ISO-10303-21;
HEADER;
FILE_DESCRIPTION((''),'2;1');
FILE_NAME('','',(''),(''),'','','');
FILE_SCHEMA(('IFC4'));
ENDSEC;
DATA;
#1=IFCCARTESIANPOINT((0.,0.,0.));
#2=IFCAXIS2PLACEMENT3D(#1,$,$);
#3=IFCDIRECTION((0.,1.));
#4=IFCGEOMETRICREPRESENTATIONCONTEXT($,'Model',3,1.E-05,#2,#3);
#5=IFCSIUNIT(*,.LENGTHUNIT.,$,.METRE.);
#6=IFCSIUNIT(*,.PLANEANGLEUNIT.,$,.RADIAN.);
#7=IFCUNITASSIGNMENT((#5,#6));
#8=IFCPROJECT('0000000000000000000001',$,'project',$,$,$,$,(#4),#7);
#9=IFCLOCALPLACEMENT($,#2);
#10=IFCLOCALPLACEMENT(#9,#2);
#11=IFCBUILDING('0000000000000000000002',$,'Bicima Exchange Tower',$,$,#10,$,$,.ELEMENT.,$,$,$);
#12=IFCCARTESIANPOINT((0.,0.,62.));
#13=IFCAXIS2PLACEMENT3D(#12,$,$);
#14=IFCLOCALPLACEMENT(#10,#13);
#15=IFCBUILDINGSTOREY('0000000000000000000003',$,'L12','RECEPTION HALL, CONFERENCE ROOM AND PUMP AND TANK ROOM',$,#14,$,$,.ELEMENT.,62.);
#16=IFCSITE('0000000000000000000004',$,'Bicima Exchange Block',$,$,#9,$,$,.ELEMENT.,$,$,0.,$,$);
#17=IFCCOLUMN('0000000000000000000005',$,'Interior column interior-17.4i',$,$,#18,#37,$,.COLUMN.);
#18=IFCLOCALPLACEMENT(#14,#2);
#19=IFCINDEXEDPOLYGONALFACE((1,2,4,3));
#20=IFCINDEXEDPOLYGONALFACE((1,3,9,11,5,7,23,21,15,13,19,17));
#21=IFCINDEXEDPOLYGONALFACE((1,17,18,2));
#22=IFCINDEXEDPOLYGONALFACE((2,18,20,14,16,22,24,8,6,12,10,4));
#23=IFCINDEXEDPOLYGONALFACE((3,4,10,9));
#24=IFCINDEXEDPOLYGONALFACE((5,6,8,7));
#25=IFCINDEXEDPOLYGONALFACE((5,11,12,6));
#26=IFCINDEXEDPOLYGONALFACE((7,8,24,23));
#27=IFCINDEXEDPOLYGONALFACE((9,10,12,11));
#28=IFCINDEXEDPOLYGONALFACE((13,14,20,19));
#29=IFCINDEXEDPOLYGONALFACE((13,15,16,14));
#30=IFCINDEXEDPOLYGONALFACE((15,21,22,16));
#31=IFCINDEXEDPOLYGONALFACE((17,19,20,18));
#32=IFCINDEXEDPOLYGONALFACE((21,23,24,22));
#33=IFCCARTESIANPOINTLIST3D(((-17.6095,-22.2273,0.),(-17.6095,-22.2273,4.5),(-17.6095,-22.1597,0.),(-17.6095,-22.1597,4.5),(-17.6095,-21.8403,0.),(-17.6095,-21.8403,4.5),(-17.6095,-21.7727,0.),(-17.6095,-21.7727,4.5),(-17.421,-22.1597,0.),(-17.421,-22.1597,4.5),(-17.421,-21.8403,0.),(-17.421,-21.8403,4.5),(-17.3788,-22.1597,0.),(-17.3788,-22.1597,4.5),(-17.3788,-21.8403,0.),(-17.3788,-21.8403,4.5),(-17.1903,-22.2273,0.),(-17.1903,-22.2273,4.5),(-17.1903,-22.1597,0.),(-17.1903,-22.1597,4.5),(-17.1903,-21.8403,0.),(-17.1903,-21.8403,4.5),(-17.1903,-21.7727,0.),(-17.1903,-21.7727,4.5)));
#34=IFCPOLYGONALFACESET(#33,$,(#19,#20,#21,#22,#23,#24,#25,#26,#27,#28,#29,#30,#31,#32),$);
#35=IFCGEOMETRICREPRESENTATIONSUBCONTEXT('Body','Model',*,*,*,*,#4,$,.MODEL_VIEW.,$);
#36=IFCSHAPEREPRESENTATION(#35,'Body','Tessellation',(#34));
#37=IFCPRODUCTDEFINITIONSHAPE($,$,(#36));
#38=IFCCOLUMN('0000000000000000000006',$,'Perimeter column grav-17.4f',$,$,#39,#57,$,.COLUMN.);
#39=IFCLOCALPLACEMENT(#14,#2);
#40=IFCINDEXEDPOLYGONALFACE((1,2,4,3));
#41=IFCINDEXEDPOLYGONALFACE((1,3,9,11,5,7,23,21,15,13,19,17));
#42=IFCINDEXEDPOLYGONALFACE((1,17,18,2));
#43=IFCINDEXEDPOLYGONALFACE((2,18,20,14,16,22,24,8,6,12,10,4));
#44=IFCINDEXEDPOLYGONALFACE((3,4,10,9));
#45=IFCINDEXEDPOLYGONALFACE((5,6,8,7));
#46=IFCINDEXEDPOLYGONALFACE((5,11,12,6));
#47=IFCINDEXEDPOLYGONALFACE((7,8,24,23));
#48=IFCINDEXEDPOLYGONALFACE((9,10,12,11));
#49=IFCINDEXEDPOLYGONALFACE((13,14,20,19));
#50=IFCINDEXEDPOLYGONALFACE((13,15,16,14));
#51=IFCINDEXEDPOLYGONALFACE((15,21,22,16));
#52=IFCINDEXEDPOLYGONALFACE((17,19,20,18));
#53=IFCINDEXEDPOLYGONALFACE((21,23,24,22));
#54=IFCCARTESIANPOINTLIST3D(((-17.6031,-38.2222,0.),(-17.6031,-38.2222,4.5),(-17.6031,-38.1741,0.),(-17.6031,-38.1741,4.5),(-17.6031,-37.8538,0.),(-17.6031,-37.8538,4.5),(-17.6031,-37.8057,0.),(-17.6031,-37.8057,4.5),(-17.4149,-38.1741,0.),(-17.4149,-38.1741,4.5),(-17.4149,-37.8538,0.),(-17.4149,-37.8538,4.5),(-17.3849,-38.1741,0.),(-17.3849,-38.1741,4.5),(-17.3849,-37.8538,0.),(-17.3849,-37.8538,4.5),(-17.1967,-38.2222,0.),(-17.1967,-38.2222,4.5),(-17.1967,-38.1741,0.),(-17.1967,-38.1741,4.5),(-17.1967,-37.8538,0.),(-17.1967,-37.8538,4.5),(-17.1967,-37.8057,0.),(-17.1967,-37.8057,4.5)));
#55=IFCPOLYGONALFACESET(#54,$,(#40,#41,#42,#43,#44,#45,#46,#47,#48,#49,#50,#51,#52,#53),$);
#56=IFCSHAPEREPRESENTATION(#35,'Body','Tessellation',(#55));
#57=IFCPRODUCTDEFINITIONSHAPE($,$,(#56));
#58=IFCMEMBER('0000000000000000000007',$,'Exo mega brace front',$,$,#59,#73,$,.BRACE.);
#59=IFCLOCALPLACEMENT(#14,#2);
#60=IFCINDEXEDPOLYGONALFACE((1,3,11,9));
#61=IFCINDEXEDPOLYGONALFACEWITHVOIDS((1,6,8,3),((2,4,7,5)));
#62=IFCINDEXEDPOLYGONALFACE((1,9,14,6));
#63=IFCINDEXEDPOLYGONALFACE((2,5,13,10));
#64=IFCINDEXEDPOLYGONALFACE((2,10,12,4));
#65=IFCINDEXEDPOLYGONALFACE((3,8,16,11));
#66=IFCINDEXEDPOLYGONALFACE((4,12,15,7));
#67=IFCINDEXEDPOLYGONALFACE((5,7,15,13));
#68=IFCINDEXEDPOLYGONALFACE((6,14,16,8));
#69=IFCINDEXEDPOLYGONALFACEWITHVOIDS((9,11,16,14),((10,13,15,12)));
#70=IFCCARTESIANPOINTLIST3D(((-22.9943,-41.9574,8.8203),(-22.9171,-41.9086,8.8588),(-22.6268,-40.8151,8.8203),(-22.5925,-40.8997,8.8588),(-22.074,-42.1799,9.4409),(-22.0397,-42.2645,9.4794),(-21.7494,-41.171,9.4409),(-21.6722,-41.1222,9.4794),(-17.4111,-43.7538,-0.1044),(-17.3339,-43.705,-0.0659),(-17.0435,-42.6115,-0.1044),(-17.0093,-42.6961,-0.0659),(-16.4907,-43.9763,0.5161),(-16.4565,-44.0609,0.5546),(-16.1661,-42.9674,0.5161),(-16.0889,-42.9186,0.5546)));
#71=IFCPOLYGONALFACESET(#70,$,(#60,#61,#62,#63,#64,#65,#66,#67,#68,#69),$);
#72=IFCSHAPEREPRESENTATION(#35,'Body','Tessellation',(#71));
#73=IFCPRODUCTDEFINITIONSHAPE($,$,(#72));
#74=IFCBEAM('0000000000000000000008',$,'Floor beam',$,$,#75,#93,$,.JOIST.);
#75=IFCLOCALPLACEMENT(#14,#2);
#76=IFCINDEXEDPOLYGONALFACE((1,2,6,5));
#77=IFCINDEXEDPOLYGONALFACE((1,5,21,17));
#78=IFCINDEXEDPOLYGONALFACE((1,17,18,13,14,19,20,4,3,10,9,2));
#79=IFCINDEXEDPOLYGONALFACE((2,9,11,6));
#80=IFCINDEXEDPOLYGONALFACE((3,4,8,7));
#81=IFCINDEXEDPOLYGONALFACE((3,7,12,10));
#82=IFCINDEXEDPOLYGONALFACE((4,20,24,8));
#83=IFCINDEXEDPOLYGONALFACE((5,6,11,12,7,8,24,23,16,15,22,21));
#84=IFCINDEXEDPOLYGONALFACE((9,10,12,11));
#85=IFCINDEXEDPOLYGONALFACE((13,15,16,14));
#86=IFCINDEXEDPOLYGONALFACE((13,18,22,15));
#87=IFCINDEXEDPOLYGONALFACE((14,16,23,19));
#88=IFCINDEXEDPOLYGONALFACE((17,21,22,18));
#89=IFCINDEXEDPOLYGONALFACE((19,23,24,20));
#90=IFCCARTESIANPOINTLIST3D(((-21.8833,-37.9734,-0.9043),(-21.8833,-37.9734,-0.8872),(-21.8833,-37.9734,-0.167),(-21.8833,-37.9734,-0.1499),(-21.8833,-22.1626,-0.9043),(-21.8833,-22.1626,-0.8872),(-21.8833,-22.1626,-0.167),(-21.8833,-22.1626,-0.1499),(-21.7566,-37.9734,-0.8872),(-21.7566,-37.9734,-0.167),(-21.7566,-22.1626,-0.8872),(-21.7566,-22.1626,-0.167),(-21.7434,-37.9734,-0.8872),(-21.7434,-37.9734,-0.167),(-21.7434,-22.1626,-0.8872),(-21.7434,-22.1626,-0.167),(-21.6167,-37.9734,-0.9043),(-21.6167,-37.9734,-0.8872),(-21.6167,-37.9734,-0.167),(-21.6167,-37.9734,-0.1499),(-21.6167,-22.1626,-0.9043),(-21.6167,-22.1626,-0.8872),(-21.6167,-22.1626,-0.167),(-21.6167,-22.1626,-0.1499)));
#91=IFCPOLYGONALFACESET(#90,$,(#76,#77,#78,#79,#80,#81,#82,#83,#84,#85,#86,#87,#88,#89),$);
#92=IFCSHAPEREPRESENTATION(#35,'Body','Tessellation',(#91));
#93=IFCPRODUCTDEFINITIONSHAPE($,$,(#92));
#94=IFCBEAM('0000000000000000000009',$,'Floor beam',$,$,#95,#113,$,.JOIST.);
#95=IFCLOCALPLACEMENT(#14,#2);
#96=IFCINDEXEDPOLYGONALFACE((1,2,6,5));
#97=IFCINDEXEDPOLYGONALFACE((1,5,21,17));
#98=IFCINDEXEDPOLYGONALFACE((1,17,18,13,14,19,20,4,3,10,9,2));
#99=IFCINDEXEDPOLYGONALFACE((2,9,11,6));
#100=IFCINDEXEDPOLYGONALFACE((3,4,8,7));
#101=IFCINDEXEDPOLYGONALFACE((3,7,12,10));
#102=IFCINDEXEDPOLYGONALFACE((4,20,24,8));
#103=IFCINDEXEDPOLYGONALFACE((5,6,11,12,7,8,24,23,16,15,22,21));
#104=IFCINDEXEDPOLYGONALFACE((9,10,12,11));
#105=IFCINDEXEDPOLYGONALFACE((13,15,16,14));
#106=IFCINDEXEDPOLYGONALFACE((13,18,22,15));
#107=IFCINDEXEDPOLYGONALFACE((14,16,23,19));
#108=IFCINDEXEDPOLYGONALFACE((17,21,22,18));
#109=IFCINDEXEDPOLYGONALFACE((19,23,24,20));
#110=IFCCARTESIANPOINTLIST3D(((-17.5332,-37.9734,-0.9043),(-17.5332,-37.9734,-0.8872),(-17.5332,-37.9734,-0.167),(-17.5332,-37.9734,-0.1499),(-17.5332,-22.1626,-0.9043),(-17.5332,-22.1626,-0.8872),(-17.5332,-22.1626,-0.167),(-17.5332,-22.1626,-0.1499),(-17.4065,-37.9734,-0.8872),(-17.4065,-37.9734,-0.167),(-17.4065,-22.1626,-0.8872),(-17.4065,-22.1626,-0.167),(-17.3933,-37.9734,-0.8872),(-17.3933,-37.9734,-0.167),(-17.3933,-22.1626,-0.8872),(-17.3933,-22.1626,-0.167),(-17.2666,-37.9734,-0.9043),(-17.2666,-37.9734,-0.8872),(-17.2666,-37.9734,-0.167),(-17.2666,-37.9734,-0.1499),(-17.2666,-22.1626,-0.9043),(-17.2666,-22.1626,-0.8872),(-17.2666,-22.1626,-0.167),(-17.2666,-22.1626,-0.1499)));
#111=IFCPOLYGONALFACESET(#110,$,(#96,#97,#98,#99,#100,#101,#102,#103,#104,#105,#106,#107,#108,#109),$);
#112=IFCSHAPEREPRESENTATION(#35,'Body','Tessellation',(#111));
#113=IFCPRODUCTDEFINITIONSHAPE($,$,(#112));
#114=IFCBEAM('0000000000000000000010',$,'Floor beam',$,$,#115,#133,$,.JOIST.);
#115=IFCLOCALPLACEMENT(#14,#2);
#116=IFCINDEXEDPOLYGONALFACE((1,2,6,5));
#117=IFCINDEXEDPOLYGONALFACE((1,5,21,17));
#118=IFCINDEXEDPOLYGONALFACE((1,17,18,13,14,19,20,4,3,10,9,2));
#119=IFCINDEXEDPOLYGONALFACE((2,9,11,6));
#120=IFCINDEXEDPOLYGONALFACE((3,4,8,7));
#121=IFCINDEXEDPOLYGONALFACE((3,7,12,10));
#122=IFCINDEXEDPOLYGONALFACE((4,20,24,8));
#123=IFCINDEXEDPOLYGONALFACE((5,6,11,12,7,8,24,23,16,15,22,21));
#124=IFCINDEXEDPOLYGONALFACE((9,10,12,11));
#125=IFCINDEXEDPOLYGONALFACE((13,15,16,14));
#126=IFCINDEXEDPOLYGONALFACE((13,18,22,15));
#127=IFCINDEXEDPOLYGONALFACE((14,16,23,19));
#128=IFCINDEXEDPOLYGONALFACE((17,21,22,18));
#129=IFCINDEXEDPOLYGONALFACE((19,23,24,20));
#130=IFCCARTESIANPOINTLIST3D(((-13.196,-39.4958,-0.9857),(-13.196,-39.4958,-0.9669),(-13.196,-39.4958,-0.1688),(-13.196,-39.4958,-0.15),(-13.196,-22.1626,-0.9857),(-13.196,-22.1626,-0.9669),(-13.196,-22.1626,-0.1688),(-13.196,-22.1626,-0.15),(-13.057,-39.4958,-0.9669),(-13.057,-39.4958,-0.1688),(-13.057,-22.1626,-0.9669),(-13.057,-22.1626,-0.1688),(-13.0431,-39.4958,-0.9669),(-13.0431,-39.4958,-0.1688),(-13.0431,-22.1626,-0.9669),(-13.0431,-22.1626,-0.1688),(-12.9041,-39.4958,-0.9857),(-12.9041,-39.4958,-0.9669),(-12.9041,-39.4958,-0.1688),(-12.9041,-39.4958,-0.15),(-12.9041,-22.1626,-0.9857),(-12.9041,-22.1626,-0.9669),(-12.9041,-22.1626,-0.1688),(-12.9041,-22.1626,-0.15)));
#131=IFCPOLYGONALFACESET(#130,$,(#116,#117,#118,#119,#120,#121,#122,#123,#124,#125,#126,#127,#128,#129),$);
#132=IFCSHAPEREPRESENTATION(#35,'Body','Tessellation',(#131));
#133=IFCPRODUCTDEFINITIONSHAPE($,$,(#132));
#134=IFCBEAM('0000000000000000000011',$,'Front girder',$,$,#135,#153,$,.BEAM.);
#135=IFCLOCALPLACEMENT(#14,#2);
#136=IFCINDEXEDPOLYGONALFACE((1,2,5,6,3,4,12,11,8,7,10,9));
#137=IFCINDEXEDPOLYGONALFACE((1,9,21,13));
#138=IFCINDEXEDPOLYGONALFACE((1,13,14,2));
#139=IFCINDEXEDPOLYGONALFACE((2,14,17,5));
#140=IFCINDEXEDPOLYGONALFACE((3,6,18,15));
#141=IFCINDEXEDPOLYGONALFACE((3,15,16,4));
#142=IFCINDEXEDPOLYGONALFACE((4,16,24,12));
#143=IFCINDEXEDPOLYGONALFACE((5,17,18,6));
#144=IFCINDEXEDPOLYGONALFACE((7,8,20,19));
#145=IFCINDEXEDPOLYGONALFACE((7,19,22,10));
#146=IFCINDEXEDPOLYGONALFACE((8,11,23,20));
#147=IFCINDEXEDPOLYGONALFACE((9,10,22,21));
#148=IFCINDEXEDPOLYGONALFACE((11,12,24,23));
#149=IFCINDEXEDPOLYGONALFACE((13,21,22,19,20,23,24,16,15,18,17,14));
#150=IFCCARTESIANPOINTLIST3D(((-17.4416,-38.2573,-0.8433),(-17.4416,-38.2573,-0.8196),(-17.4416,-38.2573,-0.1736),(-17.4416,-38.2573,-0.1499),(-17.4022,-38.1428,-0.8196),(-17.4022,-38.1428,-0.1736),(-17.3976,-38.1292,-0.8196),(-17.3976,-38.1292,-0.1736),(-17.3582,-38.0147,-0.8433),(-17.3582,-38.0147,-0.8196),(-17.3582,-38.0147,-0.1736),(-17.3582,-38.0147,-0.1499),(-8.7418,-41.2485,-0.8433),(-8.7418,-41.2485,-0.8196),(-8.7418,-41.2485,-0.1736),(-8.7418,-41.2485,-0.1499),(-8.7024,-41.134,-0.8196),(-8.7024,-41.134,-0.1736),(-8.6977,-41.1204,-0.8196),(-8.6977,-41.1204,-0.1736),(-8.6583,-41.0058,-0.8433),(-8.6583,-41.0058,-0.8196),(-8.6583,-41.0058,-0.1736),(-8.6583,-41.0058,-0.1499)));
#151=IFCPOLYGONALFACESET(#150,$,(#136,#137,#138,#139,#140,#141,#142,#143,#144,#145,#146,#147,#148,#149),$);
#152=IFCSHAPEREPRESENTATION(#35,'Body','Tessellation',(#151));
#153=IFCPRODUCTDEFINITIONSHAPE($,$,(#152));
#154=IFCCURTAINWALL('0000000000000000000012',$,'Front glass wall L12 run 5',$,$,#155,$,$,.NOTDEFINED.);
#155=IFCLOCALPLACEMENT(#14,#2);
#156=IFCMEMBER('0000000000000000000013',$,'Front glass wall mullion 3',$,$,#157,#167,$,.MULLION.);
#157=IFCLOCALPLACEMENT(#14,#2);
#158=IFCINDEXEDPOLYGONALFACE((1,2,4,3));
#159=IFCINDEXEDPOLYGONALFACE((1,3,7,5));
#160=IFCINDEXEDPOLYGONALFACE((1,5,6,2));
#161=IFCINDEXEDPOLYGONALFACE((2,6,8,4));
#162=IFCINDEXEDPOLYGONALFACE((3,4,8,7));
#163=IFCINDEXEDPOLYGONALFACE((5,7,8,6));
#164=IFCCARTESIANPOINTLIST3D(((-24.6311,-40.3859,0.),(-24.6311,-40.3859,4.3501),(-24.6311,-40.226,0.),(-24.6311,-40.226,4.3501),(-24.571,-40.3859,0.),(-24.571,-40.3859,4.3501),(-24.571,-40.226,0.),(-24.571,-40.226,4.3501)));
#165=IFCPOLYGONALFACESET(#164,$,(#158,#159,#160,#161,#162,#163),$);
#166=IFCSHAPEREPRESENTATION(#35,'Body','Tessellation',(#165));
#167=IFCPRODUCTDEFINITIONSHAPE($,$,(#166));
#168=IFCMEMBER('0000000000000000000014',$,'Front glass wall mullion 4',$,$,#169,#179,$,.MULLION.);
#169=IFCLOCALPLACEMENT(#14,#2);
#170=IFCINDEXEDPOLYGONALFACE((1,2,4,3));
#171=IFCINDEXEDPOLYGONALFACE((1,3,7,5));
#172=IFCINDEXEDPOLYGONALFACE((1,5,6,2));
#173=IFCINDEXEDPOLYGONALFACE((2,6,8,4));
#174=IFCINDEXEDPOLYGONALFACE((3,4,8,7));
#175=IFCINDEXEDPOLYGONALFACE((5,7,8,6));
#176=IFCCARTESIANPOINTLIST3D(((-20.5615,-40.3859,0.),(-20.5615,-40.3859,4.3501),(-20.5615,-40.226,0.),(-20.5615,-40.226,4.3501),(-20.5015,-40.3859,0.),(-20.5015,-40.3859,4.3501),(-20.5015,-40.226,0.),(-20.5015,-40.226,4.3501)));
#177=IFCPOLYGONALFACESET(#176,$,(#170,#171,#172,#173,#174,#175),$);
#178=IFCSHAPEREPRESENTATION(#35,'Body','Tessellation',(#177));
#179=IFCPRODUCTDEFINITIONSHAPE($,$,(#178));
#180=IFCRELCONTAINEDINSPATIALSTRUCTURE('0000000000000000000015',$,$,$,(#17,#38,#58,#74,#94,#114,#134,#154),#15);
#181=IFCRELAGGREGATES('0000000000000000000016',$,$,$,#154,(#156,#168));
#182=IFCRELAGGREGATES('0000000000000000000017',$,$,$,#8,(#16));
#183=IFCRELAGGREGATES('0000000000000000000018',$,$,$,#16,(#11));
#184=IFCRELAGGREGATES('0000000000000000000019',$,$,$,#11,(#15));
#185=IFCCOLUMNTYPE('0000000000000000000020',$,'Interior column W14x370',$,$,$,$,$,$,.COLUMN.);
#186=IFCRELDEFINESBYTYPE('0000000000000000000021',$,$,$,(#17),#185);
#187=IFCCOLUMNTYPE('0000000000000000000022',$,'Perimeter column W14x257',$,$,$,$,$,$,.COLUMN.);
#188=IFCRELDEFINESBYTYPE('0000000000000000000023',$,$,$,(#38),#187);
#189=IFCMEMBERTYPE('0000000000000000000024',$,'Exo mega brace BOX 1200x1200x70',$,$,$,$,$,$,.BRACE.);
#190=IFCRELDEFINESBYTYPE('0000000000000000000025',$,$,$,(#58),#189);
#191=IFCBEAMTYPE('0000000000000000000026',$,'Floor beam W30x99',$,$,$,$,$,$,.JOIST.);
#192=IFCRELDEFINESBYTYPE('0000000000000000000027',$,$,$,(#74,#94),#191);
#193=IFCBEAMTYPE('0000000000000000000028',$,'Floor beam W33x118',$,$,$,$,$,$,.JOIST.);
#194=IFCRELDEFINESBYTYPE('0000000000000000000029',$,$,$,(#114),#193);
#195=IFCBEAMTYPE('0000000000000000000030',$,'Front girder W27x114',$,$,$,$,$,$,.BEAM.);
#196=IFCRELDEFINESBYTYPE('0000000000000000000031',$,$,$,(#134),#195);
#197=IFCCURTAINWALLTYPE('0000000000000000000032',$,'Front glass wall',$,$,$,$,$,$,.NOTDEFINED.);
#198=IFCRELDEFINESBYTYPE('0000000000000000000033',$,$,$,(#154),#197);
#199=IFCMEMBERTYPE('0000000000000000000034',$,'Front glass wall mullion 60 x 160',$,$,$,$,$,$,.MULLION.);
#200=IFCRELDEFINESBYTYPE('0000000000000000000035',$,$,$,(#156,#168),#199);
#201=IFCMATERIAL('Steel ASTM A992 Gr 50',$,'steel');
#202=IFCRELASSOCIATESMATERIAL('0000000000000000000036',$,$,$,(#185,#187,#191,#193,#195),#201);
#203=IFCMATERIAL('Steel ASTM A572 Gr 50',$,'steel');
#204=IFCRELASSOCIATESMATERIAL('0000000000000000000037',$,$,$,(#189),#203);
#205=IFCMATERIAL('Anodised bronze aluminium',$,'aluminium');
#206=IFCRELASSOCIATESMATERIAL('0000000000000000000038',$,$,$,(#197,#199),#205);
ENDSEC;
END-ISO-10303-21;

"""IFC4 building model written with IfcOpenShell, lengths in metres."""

from ifc_helpers import new_model, si_unit, direction, frame, origin, origin_2d, place, context, subcontext, project, spatial, rectangle, hollow_rectangle, i_section, extrude, material, material_profile, profile_set, type_object, element, aggregate, save


model = new_model("IFC4")

# Units and contexts
model_context = context("Model", 3, precision=1e-05, world=origin(), true_north=direction((0.0, 1.0)))
body_context = subcontext(model_context, "Body", "Model", "MODEL_VIEW")
ifc_project = project(units=[si_unit("LENGTHUNIT", "METRE"), si_unit("PLANEANGLEUNIT", "RADIAN")], contexts=[model_context])

# Site, building, storey
site_placement = place(None, origin())
site = spatial("IfcSite", under=ifc_project, at=site_placement, Name="Bicima Exchange Block", CompositionType="ELEMENT", RefElevation=0.0)
building_placement = place(site_placement, origin())
building = spatial("IfcBuilding", under=site, at=building_placement, Name="Bicima Exchange Tower", CompositionType="ELEMENT")
storey_placement = place(building_placement, frame((0.0, 0.0, 62.0)))
storey = spatial("IfcBuildingStorey", under=building, at=storey_placement, Name="L12", Description="RECEPTION HALL, CONFERENCE ROOM AND PUMP AND TANK ROOM", CompositionType="ELEMENT", Elevation=62.0)

# Columns
ifc_material_1 = material(Name="Steel ASTM A992 Gr 50", Category="steel")
ifc_material_profile_1 = material_profile(ifc_material_1, i_section(OverallWidth=0.4192, OverallDepth=0.4546, WebThickness=0.0422, FlangeThickness=0.0676, at=origin_2d()))
ifc_profile_set_1 = profile_set([ifc_material_profile_1], Name="Steel ASTM A992 Gr 50")
column_type_1 = type_object("IfcColumnType", Name="Interior column W14x370", PredefinedType="COLUMN", material=ifc_profile_set_1)
column_1_placement = place(storey_placement, frame((-17.3999, -22.0, 0.0), z_axis=(0.0, 0.0, 1.0), x_axis=(1.0, 0.0, 0.0)))
element("IfcColumn", 1, at=column_1_placement, inside=storey, type_object=column_type_1, Name="Interior column interior-17.4i", PredefinedType="COLUMN", context=body_context, shape_type="SweptSolid", body=[
    extrude(i_section(OverallWidth=0.4192, OverallDepth=0.4546, WebThickness=0.0422, FlangeThickness=0.0676, at=origin_2d()), origin(), (0.0, 0.0, 1.0), 4.5),
])
ifc_material_profile_2 = material_profile(ifc_material_1, i_section(OverallWidth=0.4065, OverallDepth=0.4165, WebThickness=0.03, FlangeThickness=0.0481, at=origin_2d()))
ifc_profile_set_2 = profile_set([ifc_material_profile_2], Name="Steel ASTM A992 Gr 50")
column_type_2 = type_object("IfcColumnType", Name="Perimeter column W14x257", PredefinedType="COLUMN", material=ifc_profile_set_2)
column_2_placement = place(storey_placement, frame((-17.3999, -38.0139, 0.0), z_axis=(0.0, 0.0, 1.0), x_axis=(1.0, 0.0, 0.0)))
element("IfcColumn", 2, at=column_2_placement, inside=storey, type_object=column_type_2, Name="Perimeter column grav-17.4f", PredefinedType="COLUMN", context=body_context, shape_type="SweptSolid", body=[
    extrude(i_section(OverallWidth=0.4065, OverallDepth=0.4165, WebThickness=0.03, FlangeThickness=0.0481, at=origin_2d()), origin(), (0.0, 0.0, 1.0), 4.5),
])

# Member
ifc_material_2 = material(Name="Steel ASTM A572 Gr 50", Category="steel")
ifc_material_profile_3 = material_profile(ifc_material_2, hollow_rectangle(XDim=1.2, YDim=1.2, WallThickness=0.0701, at=origin_2d()))
ifc_profile_set_3 = profile_set([ifc_material_profile_3], Name="Steel ASTM A572 Gr 50")
member_type_1 = type_object("IfcMemberType", Name="Exo mega brace BOX 1200x1200x70", PredefinedType="BRACE", material=ifc_profile_set_3)
member_1_placement = place(storey_placement, frame((-16.75, -43.3362, 0.2251), z_axis=(-0.522801, 0.168209, 0.835695), x_axis=(-0.306283, -0.951941, 0.0)))
element("IfcMember", 3, at=member_1_placement, inside=storey, type_object=member_type_1, Name="Exo mega brace front", PredefinedType="BRACE", context=body_context, shape_type="SweptSolid", body=[
    extrude(hollow_rectangle(XDim=1.2, YDim=1.2, WallThickness=0.0701, at=origin_2d()), origin(), (0.0, 0.0, 1.0), 10.6794),
])

# Beams
ifc_material_profile_4 = material_profile(ifc_material_1, i_section(OverallWidth=0.2666, OverallDepth=0.7544, WebThickness=0.0132, FlangeThickness=0.0171, at=origin_2d()))
ifc_profile_set_4 = profile_set([ifc_material_profile_4], Name="Steel ASTM A992 Gr 50")
beam_type_1 = type_object("IfcBeamType", Name="Floor beam W30x99", PredefinedType="JOIST", material=ifc_profile_set_4)
for number, where, z_axis, x_axis, name in (
    (4, (-21.75, -22.1626, -0.5271), (0.0, -1.0, 0.0), (1.0, 0.0, 0.0), "Floor beam"),
    (5, (-17.3999, -22.1626, -0.5271), (0.0, -1.0, 0.0), (1.0, 0.0, 0.0), "Floor beam"),
):
    element("IfcBeam", number, at=place(storey_placement, frame(where, z_axis=z_axis, x_axis=x_axis)), inside=storey, type_object=beam_type_1, Name=name, PredefinedType="JOIST", context=body_context, shape_type="SweptSolid", body=[
        extrude(i_section(OverallWidth=0.2666, OverallDepth=0.7544, WebThickness=0.0132, FlangeThickness=0.0171, at=origin_2d()), origin(), (0.0, 0.0, 1.0), 15.8108),
    ])
ifc_material_profile_5 = material_profile(ifc_material_1, i_section(OverallWidth=0.292, OverallDepth=0.8357, WebThickness=0.0139, FlangeThickness=0.0188, at=origin_2d()))
ifc_profile_set_5 = profile_set([ifc_material_profile_5], Name="Steel ASTM A992 Gr 50")
beam_type_2 = type_object("IfcBeamType", Name="Floor beam W33x118", PredefinedType="JOIST", material=ifc_profile_set_5)
beam_1_placement = place(storey_placement, frame((-13.05, -22.1626, -0.5679), z_axis=(0.0, -1.0, 0.0), x_axis=(1.0, 0.0, 0.0)))
element("IfcBeam", 6, at=beam_1_placement, inside=storey, type_object=beam_type_2, Name="Floor beam", PredefinedType="JOIST", context=body_context, shape_type="SweptSolid", body=[
    extrude(i_section(OverallWidth=0.292, OverallDepth=0.8357, WebThickness=0.0139, FlangeThickness=0.0188, at=origin_2d()), origin(), (0.0, 0.0, 1.0), 17.3333),
])
ifc_material_profile_6 = material_profile(ifc_material_1, i_section(OverallWidth=0.2566, OverallDepth=0.6934, WebThickness=0.0144, FlangeThickness=0.0237, at=origin_2d()))
ifc_profile_set_6 = profile_set([ifc_material_profile_6], Name="Steel ASTM A992 Gr 50")
beam_type_3 = type_object("IfcBeamType", Name="Front girder W27x114", PredefinedType="BEAM", material=ifc_profile_set_6)
beam_2_placement = place(storey_placement, frame((-17.3999, -38.136, -0.4966), z_axis=(0.945666, -0.325138, 0.0), x_axis=(0.325138, 0.945666, 0.0)))
element("IfcBeam", 7, at=beam_2_placement, inside=storey, type_object=beam_type_3, Name="Front girder", PredefinedType="BEAM", context=body_context, shape_type="SweptSolid", body=[
    extrude(i_section(OverallWidth=0.2566, OverallDepth=0.6934, WebThickness=0.0144, FlangeThickness=0.0237, at=origin_2d()), origin(), (0.0, 0.0, 1.0), 9.1997),
])

# Curtain wall, members
ifc_material_3 = material(Name="Anodised bronze aluminium", Category="aluminium")
curtain_wall_type = type_object("IfcCurtainWallType", Name="Front glass wall", PredefinedType="NOTDEFINED", material=ifc_material_3)
curtain_wall_1_placement = place(storey_placement, origin())
curtain_wall_1 = element("IfcCurtainWall", 8, at=curtain_wall_1_placement, inside=storey, type_object=curtain_wall_type, Name="Front glass wall L12 run 5", PredefinedType="NOTDEFINED")
ifc_material_profile_7 = material_profile(ifc_material_3, rectangle(XDim=0.1599, YDim=0.0601, at=origin_2d()))
ifc_profile_set_7 = profile_set([ifc_material_profile_7], Name="Anodised bronze aluminium")
member_type_2 = type_object("IfcMemberType", Name="Front glass wall mullion 60 x 160", PredefinedType="MULLION", material=ifc_profile_set_7)
member_2_placement = place(storey_placement, frame((-24.6011, -40.3059, 0.0), z_axis=(0.0, 0.0, 1.0), x_axis=(0.0, 1.0, 0.0)))
member_2 = element("IfcMember", 9, at=member_2_placement, type_object=member_type_2, Name="Front glass wall mullion 3", PredefinedType="MULLION", context=body_context, shape_type="SweptSolid", body=[
    extrude(rectangle(XDim=0.1599, YDim=0.0601, at=origin_2d()), origin(), (0.0, 0.0, 1.0), 4.3501),
])
member_3_placement = place(storey_placement, frame((-20.5315, -40.3059, 0.0), z_axis=(0.0, 0.0, 1.0), x_axis=(0.0, 1.0, 0.0)))
member_3 = element("IfcMember", 10, at=member_3_placement, type_object=member_type_2, Name="Front glass wall mullion 4", PredefinedType="MULLION", context=body_context, shape_type="SweptSolid", body=[
    extrude(rectangle(XDim=0.1599, YDim=0.0601, at=origin_2d()), origin(), (0.0, 0.0, 1.0), 4.3501),
])

aggregate(curtain_wall_1, [member_2, member_3])

save(model, "model.ifc")
